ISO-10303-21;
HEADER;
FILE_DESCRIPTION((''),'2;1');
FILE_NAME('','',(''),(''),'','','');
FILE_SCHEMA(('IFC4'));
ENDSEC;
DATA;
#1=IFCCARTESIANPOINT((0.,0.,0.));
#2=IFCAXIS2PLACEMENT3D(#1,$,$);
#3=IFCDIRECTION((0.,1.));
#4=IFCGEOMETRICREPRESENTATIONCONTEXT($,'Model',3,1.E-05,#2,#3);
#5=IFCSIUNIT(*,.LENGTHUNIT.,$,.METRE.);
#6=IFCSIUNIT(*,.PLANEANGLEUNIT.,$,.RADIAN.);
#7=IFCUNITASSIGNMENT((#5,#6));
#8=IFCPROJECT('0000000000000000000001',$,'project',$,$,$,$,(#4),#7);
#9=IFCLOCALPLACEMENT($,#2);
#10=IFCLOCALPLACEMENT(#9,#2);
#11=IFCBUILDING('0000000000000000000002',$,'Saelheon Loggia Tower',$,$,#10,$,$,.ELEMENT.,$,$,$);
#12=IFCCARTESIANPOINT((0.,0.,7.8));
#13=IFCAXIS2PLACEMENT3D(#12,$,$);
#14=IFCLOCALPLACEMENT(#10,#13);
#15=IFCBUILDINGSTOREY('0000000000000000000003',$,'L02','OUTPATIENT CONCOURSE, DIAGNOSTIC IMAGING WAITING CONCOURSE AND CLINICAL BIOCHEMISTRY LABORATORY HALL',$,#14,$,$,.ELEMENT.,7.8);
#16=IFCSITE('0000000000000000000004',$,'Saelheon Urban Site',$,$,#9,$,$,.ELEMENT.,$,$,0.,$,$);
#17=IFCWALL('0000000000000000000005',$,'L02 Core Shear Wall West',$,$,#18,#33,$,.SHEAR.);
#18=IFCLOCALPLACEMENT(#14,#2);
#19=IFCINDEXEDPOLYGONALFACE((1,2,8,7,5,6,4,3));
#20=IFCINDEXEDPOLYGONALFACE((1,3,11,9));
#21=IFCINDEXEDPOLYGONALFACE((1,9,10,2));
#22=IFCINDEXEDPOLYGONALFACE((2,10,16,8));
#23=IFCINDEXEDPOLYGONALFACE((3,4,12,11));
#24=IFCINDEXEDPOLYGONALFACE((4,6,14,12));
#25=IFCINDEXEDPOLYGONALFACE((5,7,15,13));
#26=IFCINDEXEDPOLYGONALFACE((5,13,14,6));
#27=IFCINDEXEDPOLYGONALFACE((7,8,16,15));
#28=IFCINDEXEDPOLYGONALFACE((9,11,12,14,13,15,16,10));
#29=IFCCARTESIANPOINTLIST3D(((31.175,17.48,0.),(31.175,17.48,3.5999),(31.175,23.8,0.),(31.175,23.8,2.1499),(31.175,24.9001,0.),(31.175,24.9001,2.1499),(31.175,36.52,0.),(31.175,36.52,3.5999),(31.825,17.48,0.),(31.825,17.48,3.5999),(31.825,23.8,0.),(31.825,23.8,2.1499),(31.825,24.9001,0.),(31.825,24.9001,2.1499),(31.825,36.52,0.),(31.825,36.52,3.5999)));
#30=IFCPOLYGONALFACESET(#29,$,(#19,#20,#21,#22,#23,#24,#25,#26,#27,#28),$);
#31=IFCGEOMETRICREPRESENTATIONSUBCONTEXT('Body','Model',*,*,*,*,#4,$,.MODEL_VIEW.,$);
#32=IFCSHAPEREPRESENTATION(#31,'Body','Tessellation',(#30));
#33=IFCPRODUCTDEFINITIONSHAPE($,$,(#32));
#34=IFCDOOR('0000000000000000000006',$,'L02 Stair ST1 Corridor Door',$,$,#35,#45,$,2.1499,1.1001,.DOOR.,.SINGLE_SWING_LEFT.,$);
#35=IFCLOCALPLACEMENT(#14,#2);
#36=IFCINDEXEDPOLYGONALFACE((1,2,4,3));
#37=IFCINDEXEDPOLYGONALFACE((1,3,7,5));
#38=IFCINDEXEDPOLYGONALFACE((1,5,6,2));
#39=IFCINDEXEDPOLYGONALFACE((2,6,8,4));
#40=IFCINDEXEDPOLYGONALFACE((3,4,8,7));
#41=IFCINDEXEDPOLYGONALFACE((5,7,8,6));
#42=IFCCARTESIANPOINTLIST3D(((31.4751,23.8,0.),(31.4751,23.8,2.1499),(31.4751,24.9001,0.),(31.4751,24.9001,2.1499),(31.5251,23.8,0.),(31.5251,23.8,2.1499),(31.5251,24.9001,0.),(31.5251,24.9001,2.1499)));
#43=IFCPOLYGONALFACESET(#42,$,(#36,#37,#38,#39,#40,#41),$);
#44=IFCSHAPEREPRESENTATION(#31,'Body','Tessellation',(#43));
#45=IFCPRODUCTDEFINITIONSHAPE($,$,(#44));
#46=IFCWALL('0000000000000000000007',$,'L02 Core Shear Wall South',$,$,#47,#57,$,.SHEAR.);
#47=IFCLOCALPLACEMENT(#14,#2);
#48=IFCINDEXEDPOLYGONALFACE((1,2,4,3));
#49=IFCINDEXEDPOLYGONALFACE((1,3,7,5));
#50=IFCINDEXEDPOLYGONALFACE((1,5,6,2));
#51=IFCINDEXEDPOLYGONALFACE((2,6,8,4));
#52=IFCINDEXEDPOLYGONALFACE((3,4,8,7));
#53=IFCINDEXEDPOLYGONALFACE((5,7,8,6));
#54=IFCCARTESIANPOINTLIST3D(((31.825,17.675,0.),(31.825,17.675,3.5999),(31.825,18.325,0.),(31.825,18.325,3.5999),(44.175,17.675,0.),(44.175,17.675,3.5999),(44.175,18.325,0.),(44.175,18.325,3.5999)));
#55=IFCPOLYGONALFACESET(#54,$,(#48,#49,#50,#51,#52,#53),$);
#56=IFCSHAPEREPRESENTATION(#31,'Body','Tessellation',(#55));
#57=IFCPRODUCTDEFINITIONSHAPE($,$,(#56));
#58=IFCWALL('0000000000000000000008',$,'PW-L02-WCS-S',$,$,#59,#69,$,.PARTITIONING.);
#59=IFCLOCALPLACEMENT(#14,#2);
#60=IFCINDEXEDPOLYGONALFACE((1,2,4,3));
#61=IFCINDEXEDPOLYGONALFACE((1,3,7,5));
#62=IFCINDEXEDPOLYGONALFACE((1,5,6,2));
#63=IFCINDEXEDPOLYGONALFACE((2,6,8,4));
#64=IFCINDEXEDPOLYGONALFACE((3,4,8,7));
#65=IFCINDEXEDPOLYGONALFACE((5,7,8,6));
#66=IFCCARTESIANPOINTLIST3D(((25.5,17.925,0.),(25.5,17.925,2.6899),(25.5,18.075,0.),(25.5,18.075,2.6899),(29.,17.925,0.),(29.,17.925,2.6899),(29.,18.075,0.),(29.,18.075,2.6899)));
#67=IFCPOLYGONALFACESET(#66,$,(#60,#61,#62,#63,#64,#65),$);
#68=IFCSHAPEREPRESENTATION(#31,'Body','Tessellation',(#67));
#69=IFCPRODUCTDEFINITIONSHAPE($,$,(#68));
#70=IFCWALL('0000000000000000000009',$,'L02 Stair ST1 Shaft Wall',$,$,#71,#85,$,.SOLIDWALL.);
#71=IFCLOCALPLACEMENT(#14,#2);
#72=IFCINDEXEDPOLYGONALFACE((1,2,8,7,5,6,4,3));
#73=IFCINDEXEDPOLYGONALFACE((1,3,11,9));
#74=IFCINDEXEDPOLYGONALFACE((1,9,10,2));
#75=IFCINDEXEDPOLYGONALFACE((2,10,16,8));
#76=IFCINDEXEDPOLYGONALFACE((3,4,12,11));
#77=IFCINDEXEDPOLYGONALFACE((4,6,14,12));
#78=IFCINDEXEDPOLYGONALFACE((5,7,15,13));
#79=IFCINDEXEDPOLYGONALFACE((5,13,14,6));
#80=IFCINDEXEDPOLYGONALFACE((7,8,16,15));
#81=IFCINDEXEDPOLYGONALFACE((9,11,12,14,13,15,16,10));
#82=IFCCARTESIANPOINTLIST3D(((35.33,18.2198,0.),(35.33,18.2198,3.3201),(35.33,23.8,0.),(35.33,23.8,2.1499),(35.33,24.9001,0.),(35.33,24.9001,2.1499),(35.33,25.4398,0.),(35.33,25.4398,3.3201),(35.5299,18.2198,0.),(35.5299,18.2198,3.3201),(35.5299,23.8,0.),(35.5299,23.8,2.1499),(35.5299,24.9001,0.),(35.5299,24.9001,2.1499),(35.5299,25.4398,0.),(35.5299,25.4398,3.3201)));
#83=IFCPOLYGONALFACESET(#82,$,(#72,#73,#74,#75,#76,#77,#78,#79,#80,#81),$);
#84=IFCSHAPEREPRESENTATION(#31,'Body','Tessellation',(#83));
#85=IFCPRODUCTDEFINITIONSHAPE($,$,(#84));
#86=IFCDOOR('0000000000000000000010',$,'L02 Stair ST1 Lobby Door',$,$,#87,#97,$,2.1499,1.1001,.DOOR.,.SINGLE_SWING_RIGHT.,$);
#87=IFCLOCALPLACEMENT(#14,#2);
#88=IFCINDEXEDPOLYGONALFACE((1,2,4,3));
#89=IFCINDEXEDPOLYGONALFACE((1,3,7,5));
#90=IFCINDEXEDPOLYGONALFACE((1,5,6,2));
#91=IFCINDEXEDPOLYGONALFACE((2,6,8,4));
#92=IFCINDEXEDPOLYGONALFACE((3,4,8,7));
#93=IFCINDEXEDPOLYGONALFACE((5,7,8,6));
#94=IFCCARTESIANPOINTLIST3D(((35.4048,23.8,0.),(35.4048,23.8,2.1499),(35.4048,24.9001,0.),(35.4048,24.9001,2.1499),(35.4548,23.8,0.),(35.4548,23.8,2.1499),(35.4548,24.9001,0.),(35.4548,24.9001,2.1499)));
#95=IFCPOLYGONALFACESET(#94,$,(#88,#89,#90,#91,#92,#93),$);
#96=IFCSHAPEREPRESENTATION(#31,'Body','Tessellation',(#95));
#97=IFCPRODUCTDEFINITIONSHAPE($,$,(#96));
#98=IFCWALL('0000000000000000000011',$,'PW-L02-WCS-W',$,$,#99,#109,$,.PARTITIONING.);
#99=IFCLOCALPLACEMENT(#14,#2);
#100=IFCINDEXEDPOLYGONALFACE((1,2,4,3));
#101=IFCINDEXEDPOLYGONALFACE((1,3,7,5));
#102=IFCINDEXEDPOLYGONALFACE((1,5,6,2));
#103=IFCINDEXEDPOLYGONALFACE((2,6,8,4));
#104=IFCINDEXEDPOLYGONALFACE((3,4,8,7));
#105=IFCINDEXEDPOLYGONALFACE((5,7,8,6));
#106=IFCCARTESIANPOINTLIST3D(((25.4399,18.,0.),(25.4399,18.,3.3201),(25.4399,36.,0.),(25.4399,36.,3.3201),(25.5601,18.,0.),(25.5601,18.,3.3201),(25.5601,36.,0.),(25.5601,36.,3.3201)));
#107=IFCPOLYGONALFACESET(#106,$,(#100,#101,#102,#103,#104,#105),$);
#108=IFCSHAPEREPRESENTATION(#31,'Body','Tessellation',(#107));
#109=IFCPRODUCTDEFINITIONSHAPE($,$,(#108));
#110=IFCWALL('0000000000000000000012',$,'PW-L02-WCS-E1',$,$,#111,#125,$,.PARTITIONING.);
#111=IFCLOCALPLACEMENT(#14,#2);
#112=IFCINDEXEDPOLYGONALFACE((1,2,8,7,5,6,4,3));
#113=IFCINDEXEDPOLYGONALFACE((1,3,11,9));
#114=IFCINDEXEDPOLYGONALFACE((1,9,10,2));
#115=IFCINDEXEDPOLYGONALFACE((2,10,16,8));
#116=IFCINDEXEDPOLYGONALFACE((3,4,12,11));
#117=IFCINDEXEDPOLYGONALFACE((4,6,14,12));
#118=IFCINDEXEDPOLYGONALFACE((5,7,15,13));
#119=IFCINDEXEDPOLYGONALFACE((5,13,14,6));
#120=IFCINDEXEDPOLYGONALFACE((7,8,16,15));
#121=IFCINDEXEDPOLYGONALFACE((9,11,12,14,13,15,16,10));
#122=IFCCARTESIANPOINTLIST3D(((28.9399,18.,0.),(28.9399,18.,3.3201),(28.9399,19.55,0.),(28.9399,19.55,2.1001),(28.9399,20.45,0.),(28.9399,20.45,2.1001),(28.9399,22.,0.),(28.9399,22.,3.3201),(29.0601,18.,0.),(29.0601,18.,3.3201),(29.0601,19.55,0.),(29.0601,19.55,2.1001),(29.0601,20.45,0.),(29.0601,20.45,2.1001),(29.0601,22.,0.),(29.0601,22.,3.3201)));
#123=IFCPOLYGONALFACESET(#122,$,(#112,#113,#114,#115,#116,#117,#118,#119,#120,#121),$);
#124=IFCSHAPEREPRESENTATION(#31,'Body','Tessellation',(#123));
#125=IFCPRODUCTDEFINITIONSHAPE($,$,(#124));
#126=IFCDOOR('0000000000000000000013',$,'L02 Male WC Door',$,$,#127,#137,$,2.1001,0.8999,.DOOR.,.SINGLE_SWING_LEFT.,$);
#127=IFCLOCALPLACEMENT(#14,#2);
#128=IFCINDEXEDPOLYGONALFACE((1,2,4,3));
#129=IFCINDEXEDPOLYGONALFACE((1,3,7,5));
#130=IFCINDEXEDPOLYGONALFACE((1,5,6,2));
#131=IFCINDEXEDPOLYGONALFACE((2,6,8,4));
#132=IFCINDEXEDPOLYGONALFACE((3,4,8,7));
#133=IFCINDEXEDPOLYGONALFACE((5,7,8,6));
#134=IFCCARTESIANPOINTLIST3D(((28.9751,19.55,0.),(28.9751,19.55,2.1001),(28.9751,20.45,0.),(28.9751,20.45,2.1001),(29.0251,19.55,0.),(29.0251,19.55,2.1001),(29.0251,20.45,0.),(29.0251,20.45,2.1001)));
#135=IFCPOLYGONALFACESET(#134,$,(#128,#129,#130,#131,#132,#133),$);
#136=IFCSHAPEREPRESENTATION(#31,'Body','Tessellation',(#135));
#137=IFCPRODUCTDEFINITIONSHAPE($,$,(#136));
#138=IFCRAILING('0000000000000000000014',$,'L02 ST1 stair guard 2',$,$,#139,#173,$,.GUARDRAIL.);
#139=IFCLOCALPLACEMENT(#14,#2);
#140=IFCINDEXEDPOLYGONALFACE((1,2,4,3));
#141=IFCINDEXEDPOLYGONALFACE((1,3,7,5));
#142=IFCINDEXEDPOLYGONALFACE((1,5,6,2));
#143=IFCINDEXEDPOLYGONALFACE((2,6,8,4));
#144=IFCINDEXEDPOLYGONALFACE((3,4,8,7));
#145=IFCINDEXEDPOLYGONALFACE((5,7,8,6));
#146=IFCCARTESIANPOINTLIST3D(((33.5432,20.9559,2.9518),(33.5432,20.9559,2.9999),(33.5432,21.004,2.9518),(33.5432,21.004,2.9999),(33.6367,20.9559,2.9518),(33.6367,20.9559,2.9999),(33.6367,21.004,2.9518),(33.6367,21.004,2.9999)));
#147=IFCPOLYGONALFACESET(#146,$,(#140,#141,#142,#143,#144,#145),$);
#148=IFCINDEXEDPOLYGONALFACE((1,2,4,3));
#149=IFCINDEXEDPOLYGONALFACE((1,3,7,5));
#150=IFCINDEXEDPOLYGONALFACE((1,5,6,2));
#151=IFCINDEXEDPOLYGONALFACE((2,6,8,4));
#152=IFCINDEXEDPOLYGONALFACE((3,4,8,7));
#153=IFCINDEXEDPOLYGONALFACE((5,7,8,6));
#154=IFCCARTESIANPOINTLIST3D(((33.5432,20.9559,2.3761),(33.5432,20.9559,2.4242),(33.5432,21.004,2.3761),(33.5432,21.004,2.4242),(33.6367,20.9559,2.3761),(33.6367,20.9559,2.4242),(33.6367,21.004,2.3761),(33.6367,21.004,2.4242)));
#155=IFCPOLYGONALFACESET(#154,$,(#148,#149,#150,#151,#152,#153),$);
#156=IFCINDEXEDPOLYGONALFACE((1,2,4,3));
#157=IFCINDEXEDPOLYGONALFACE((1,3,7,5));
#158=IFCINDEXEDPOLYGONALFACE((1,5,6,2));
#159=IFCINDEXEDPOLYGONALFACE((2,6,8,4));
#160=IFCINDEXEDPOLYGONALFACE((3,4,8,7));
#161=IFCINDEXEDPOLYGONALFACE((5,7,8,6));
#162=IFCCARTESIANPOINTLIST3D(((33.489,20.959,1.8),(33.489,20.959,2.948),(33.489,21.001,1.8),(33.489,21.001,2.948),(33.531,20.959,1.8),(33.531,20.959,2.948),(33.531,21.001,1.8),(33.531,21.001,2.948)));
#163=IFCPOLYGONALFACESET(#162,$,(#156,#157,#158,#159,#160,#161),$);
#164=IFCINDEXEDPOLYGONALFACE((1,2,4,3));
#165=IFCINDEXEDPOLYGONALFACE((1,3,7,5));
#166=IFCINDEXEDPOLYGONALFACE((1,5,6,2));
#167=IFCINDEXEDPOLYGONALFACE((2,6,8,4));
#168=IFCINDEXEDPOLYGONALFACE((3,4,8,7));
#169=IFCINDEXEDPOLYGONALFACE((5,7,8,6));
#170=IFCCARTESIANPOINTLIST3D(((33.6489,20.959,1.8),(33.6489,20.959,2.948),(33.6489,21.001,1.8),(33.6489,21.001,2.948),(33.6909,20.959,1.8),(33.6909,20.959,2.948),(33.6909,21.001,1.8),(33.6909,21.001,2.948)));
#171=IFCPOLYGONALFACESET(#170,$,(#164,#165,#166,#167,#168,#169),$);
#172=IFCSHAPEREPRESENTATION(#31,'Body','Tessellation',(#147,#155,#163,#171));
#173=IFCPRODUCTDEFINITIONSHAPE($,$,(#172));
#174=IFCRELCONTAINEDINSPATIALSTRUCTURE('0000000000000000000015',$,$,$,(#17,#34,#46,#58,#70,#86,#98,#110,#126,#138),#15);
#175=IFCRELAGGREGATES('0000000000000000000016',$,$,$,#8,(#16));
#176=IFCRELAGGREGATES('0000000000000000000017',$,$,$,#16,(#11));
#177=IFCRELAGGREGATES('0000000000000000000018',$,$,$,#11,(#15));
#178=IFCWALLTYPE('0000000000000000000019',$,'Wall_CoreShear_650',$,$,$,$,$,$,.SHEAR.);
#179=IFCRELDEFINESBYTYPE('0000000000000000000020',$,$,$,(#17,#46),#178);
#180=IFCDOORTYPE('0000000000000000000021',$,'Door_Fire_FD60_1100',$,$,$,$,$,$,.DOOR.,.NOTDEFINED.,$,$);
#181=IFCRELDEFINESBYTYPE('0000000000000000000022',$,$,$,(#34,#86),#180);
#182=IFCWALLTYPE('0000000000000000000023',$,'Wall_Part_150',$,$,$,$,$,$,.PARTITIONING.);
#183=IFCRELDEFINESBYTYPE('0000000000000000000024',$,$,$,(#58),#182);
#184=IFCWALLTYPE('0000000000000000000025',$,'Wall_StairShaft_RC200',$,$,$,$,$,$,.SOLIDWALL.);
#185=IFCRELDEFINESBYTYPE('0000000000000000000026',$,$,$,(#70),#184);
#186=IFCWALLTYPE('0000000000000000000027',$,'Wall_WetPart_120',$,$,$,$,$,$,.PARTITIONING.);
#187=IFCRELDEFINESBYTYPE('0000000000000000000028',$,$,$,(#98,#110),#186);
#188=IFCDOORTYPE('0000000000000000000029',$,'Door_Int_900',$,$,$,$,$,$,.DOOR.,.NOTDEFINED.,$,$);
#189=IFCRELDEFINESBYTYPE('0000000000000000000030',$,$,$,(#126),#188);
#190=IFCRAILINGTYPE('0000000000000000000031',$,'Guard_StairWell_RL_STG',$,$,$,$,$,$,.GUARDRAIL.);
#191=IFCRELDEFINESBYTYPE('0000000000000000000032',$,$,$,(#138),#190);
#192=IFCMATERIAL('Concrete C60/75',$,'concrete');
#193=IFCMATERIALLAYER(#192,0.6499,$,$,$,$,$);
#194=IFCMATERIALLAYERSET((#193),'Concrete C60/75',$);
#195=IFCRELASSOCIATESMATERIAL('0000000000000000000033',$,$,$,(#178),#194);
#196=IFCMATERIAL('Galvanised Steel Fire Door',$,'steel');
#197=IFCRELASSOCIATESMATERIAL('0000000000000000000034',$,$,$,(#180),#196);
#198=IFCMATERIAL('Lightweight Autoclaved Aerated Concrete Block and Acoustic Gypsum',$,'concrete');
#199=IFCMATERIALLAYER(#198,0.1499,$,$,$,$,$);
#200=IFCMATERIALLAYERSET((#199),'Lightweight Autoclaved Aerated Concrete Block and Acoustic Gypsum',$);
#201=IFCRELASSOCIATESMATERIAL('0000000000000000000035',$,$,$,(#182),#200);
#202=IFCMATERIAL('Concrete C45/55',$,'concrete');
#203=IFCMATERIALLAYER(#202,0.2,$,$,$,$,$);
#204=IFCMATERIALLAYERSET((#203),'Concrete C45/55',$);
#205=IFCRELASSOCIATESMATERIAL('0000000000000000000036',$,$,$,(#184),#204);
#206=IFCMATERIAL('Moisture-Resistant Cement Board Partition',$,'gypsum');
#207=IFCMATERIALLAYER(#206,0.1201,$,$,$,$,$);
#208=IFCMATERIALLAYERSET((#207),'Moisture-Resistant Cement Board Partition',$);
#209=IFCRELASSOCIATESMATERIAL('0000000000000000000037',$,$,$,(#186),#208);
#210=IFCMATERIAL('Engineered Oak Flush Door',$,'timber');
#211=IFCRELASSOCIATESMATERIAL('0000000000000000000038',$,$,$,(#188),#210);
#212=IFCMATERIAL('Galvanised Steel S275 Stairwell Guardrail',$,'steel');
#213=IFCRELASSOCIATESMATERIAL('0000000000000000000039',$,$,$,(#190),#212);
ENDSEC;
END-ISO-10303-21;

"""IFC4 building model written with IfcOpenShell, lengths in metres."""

from ifc_helpers import new_model, si_unit, direction, frame, frame_2d, origin, origin_2d, place, context, subcontext, project, spatial, rectangle, extrude, source, transform, mapped, material, layer, layer_set, type_object, element, fill, save


model = new_model("IFC4")

# Units and contexts
model_context = context("Model", 3, precision=1e-05, world=origin(), true_north=direction((0.0, 1.0)))
body_context = subcontext(model_context, "Body", "Model", "MODEL_VIEW")
ifc_project = project(units=[si_unit("LENGTHUNIT", "METRE"), si_unit("PLANEANGLEUNIT", "RADIAN")], contexts=[model_context])

# Site, building, storey
site_placement = place(None, origin())
site = spatial("IfcSite", under=ifc_project, at=site_placement, Name="Saelheon Urban Site", CompositionType="ELEMENT", RefElevation=0.0)
building_placement = place(site_placement, origin())
building = spatial("IfcBuilding", under=site, at=building_placement, Name="Saelheon Loggia Tower", CompositionType="ELEMENT")
storey_placement = place(building_placement, frame((0.0, 0.0, 7.8)))
storey = spatial("IfcBuildingStorey", under=building, at=storey_placement, Name="L02", Description="OUTPATIENT CONCOURSE, DIAGNOSTIC IMAGING WAITING CONCOURSE AND CLINICAL BIOCHEMISTRY LABORATORY HALL", CompositionType="ELEMENT", Elevation=7.8)

# Shared definitions
ifc_material_1 = material(Name="Concrete C60/75", Category="concrete")

# Shared definitions
ifc_material_2 = material(Name="Concrete C45/55", Category="concrete")

# Wall, opening, door
ifc_layer_1 = layer(ifc_material_1, 0.6499)
ifc_layer_set_1 = layer_set([ifc_layer_1], Name="Concrete C60/75")
wall_type_1 = type_object("IfcWallType", Name="Wall_CoreShear_650", PredefinedType="SHEAR", material=ifc_layer_set_1)
wall_1_placement = place(storey_placement, frame((31.5, 17.48, 0.0), z_axis=(0.0, 0.0, 1.0), x_axis=(0.0, 1.0, 0.0)))
wall_1 = element("IfcWall", 1, at=wall_1_placement, inside=storey, type_object=wall_type_1, Name="L02 Core Shear Wall West", PredefinedType="SHEAR", context=body_context, shape_type="SweptSolid", body=[
    extrude(rectangle(XDim=19.04, YDim=0.6499, at=frame_2d((9.52, 0.0))), origin(), (0.0, 0.0, 1.0), 3.5999),
])
opening_1_placement = place(wall_1_placement, frame((6.3201, 0.0, 0.0)))
opening_1 = element("IfcOpeningElement", 2, at=opening_1_placement, cuts=wall_1, PredefinedType="OPENING", context=body_context, shape_type="SweptSolid", body=[
    extrude(rectangle(XDim=1.1001, YDim=2.1499, at=frame_2d((0.55, 1.075))), frame((0.0, 0.3369, 0.0), z_axis=(0.0, -1.0, 0.0), x_axis=(1.0, 0.0, 0.0)), (0.0, 0.0, 1.0), 0.6738),
])
ifc_material_3 = material(Name="Galvanised Steel Fire Door", Category="steel")
door_type_1 = type_object("IfcDoorType", Name="Door_Fire_FD60_1100", OperationType="NOTDEFINED", PredefinedType="DOOR", material=ifc_material_3)
shared_shape_1 = source(origin(), body_context, "Body", "SweptSolid", [
    extrude(rectangle(XDim=1.1001, YDim=2.1499, at=frame_2d((0.55, 1.075))), frame((0.0, 0.0249, 0.0), z_axis=(0.0, -1.0, 0.0), x_axis=(1.0, 0.0, 0.0)), (0.0, 0.0, 1.0), 0.05),
])
door_1_placement = place(opening_1_placement, origin())
door_1 = element("IfcDoor", 3, at=door_1_placement, inside=storey, type_object=door_type_1, Name="L02 Stair ST1 Corridor Door", OperationType="SINGLE_SWING_LEFT", OverallHeight=2.1499, OverallWidth=1.1001, PredefinedType="DOOR", context=body_context, shape_type="MappedRepresentation", body=[
    mapped(shared_shape_1, transform((0.0, 0.0, 0.0), scale=1.0)),
])
fill(opening_1, door_1)

# Walls
wall_2_placement = place(storey_placement, frame((31.825, 18.0, 0.0), z_axis=(0.0, 0.0, 1.0), x_axis=(1.0, 0.0, 0.0)))
element("IfcWall", 4, at=wall_2_placement, inside=storey, type_object=wall_type_1, Name="L02 Core Shear Wall South", PredefinedType="SHEAR", context=body_context, shape_type="SweptSolid", body=[
    extrude(rectangle(XDim=12.3501, YDim=0.6499, at=frame_2d((6.175, 0.0))), origin(), (0.0, 0.0, 1.0), 3.5999),
])
ifc_material_4 = material(Name="Lightweight Autoclaved Aerated Concrete Block and Acoustic Gypsum", Category="concrete")
ifc_layer_2 = layer(ifc_material_4, 0.1499)
ifc_layer_set_2 = layer_set([ifc_layer_2], Name="Lightweight Autoclaved Aerated Concrete Block and Acoustic Gypsum")
wall_type_2 = type_object("IfcWallType", Name="Wall_Part_150", PredefinedType="PARTITIONING", material=ifc_layer_set_2)
wall_3_placement = place(storey_placement, frame((25.5, 18.0, 0.0), z_axis=(0.0, 0.0, 1.0), x_axis=(1.0, 0.0, 0.0)))
element("IfcWall", 5, at=wall_3_placement, inside=storey, type_object=wall_type_2, Name="PW-L02-WCS-S", PredefinedType="PARTITIONING", context=body_context, shape_type="SweptSolid", body=[
    extrude(rectangle(XDim=3.5, YDim=0.1499, at=frame_2d((1.75, 0.0))), origin(), (0.0, 0.0, 1.0), 2.6899),
])

# Wall, opening, door
ifc_layer_3 = layer(ifc_material_2, 0.2)
ifc_layer_set_3 = layer_set([ifc_layer_3], Name="Concrete C45/55")
wall_type_3 = type_object("IfcWallType", Name="Wall_StairShaft_RC200", PredefinedType="SOLIDWALL", material=ifc_layer_set_3)
wall_4_placement = place(storey_placement, frame((35.4299, 18.22, 0.0), z_axis=(0.0, 0.0, 1.0), x_axis=(0.0, 1.0, 0.0)))
wall_4 = element("IfcWall", 6, at=wall_4_placement, inside=storey, type_object=wall_type_3, Name="L02 Stair ST1 Shaft Wall", PredefinedType="SOLIDWALL", context=body_context, shape_type="SweptSolid", body=[
    extrude(rectangle(XDim=7.22, YDim=0.2, at=frame_2d((3.6099, 0.0))), origin(), (0.0, 0.0, 1.0), 3.3201),
])
opening_2_placement = place(wall_4_placement, frame((6.6802, 0.0, 0.0), z_axis=(0.0, 0.0, 1.0), x_axis=(-1.0, 0.0, 0.0)))
opening_2 = element("IfcOpeningElement", 7, at=opening_2_placement, cuts=wall_4, PredefinedType="OPENING", context=body_context, shape_type="SweptSolid", body=[
    extrude(rectangle(XDim=1.1001, YDim=2.1499, at=frame_2d((0.55, 1.075))), frame((0.0, 0.1121, 0.0), z_axis=(0.0, -1.0, 0.0), x_axis=(1.0, 0.0, 0.0)), (0.0, 0.0, 1.0), 0.2239),
])
door_2_placement = place(opening_2_placement, origin())
door_2 = element("IfcDoor", 8, at=door_2_placement, inside=storey, type_object=door_type_1, Name="L02 Stair ST1 Lobby Door", OperationType="SINGLE_SWING_RIGHT", OverallHeight=2.1499, OverallWidth=1.1001, PredefinedType="DOOR", context=body_context, shape_type="MappedRepresentation", body=[
    mapped(shared_shape_1, transform((0.0, 0.0, 0.0), scale=1.0)),
])
fill(opening_2, door_2)

# Wall
ifc_material_5 = material(Name="Moisture-Resistant Cement Board Partition", Category="gypsum")
ifc_layer_4 = layer(ifc_material_5, 0.1201)
ifc_layer_set_4 = layer_set([ifc_layer_4], Name="Moisture-Resistant Cement Board Partition")
wall_type_4 = type_object("IfcWallType", Name="Wall_WetPart_120", PredefinedType="PARTITIONING", material=ifc_layer_set_4)
wall_5_placement = place(storey_placement, frame((25.5, 18.0, 0.0), z_axis=(0.0, 0.0, 1.0), x_axis=(0.0, 1.0, 0.0)))
element("IfcWall", 9, at=wall_5_placement, inside=storey, type_object=wall_type_4, Name="PW-L02-WCS-W", PredefinedType="PARTITIONING", context=body_context, shape_type="SweptSolid", body=[
    extrude(rectangle(XDim=18.0, YDim=0.1201, at=frame_2d((9.0, 0.0))), origin(), (0.0, 0.0, 1.0), 3.3201),
])

# Wall, opening, door
wall_6_placement = place(storey_placement, frame((29.0, 18.0, 0.0), z_axis=(0.0, 0.0, 1.0), x_axis=(0.0, 1.0, 0.0)))
wall_6 = element("IfcWall", 10, at=wall_6_placement, inside=storey, type_object=wall_type_4, Name="PW-L02-WCS-E1", PredefinedType="PARTITIONING", context=body_context, shape_type="SweptSolid", body=[
    extrude(rectangle(XDim=4.0, YDim=0.1201, at=frame_2d((2.0, 0.0))), origin(), (0.0, 0.0, 1.0), 3.3201),
])
opening_3_placement = place(wall_6_placement, frame((1.55, 0.0, 0.0)))
opening_3 = element("IfcOpeningElement", 11, at=opening_3_placement, cuts=wall_6, PredefinedType="OPENING", context=body_context, shape_type="SweptSolid", body=[
    extrude(rectangle(XDim=0.8999, YDim=2.1001, at=frame_2d((0.45, 1.05))), frame((0.0, 0.072, 0.0), z_axis=(0.0, -1.0, 0.0), x_axis=(1.0, 0.0, 0.0)), (0.0, 0.0, 1.0), 0.144),
])
ifc_material_6 = material(Name="Engineered Oak Flush Door", Category="timber")
door_type_2 = type_object("IfcDoorType", Name="Door_Int_900", OperationType="NOTDEFINED", PredefinedType="DOOR", material=ifc_material_6)
shared_shape_2 = source(origin(), body_context, "Body", "SweptSolid", [
    extrude(rectangle(XDim=0.8999, YDim=2.1001, at=frame_2d((0.45, 1.05))), frame((0.0, 0.0249, 0.0), z_axis=(0.0, -1.0, 0.0), x_axis=(1.0, 0.0, 0.0)), (0.0, 0.0, 1.0), 0.05),
])
door_3_placement = place(opening_3_placement, origin())
door_3 = element("IfcDoor", 12, at=door_3_placement, inside=storey, type_object=door_type_2, Name="L02 Male WC Door", OperationType="SINGLE_SWING_LEFT", OverallHeight=2.1001, OverallWidth=0.8999, PredefinedType="DOOR", context=body_context, shape_type="MappedRepresentation", body=[
    mapped(shared_shape_2, transform((0.0, 0.0, 0.0), scale=1.0)),
])
fill(opening_3, door_3)

# Railing
ifc_material_7 = material(Name="Galvanised Steel S275 Stairwell Guardrail", Category="steel")
railing_type_1 = type_object("IfcRailingType", Name="Guard_StairWell_RL_STG", PredefinedType="GUARDRAIL", material=ifc_material_7)
railing_1_placement = place(storey_placement, frame((33.51, 20.98, 1.8)))
element("IfcRailing", 13, at=railing_1_placement, inside=storey, type_object=railing_type_1, Name="L02 ST1 stair guard 2", PredefinedType="GUARDRAIL", context=body_context, shape_type="SweptSolid", body=[
    extrude(rectangle(XDim=0.0481, YDim=0.0481, at=origin_2d()), frame((0.0332, 0.0, 1.1758), z_axis=(1.0, 0.0, 0.0), x_axis=(0.0, 1.0, 0.0)), (0.0, 0.0, 1.0), 0.0935),
    extrude(rectangle(XDim=0.0481, YDim=0.0481, at=origin_2d()), frame((0.0332, 0.0, 0.6001), z_axis=(1.0, 0.0, 0.0), x_axis=(0.0, 1.0, 0.0)), (0.0, 0.0, 1.0), 0.0935),
    extrude(rectangle(XDim=0.042, YDim=0.042, at=origin_2d()), origin(), (0.0, 0.0, 1.0), 1.1479),
    extrude(rectangle(XDim=0.042, YDim=0.042, at=origin_2d()), frame((0.1599, 0.0, 0.0)), (0.0, 0.0, 1.0), 1.1479),
])

save(model, "model.ifc")
